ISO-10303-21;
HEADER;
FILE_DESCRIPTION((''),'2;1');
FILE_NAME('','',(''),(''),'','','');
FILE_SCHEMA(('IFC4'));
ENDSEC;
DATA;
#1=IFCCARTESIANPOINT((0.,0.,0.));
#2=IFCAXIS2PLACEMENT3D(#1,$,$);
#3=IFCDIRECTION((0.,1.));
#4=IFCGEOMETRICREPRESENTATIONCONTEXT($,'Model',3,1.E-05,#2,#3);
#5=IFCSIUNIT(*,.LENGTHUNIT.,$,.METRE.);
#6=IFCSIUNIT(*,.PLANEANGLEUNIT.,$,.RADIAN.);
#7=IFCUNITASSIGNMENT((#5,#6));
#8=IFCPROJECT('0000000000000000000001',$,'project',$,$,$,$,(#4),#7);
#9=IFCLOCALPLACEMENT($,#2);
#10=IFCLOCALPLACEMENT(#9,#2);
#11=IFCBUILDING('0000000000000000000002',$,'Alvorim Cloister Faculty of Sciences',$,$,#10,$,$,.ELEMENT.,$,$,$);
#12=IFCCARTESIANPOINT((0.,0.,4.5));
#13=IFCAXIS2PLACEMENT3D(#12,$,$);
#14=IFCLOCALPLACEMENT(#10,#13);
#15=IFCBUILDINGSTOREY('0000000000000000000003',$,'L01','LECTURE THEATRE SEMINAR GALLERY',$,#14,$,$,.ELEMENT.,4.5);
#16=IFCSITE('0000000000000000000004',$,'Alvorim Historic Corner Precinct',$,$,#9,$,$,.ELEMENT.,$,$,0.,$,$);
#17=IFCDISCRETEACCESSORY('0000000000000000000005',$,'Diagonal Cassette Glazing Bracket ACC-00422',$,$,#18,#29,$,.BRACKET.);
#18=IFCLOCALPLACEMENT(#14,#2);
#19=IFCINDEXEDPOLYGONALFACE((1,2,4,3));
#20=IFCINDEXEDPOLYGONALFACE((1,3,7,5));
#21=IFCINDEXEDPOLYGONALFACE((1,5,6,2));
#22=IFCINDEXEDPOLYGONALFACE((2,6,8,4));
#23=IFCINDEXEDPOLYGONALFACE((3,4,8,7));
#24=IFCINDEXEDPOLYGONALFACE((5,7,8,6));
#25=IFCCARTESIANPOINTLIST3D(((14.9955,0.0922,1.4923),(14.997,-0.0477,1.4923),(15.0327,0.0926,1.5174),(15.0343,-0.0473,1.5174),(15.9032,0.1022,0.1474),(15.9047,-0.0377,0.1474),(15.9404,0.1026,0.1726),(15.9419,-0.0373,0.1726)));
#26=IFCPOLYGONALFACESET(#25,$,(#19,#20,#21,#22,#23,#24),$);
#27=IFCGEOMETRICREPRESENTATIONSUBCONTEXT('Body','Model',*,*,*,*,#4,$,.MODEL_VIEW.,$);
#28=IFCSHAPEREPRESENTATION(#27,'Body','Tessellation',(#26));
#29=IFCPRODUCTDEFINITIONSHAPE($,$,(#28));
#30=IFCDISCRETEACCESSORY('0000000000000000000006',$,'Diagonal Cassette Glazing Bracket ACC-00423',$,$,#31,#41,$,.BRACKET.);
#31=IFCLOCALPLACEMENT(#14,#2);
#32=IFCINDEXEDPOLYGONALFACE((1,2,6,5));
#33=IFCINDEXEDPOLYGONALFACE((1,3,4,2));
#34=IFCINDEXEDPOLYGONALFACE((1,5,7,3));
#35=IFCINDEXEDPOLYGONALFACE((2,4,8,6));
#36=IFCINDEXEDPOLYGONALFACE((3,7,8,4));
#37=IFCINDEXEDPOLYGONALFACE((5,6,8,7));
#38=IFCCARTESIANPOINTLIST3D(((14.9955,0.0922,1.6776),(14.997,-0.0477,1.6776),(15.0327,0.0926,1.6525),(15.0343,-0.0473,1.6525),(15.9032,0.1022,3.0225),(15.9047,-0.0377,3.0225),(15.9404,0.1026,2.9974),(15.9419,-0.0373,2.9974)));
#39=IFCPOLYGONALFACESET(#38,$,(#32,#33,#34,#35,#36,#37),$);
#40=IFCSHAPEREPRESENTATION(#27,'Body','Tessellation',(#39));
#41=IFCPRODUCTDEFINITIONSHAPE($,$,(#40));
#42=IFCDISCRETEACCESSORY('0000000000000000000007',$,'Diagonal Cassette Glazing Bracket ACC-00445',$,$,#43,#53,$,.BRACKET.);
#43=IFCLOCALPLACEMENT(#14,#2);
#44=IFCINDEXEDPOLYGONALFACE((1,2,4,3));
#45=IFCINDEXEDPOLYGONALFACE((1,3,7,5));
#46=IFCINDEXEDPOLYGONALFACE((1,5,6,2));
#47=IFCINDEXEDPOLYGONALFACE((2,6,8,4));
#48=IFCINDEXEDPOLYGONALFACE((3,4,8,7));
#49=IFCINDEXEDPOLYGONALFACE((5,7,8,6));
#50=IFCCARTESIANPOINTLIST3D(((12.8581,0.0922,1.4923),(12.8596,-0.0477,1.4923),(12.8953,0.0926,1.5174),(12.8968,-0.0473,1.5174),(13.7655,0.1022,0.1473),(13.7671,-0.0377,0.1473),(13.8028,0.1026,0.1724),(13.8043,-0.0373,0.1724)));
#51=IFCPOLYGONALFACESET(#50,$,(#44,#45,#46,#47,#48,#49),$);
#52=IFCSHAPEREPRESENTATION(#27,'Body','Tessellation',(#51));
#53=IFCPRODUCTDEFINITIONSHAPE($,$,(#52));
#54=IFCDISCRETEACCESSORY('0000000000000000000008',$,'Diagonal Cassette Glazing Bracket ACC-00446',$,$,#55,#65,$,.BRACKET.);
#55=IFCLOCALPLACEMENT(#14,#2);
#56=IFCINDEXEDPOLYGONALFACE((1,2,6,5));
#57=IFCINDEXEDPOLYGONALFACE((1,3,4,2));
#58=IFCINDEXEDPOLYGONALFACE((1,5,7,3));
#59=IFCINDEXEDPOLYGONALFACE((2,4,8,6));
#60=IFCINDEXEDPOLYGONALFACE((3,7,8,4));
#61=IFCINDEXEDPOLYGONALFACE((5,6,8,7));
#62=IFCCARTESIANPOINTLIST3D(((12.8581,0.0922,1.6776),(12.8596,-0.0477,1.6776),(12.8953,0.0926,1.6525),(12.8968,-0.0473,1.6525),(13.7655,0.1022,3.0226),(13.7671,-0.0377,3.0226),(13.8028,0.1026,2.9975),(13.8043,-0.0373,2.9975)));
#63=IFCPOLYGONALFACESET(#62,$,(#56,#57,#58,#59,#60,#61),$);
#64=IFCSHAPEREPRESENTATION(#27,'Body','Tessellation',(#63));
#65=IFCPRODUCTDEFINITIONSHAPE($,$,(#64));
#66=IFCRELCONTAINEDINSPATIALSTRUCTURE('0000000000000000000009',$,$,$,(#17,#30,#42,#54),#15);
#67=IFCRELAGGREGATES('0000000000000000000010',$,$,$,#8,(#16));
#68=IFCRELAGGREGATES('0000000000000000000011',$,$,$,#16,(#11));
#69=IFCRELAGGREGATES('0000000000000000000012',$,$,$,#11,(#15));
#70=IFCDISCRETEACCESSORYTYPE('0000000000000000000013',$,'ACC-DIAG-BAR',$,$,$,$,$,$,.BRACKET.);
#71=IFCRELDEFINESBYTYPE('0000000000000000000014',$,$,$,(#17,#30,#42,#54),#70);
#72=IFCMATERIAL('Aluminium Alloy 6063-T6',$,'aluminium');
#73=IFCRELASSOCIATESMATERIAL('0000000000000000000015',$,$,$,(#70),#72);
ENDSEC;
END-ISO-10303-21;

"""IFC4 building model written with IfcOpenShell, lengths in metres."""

from ifc_helpers import new_model, si_unit, direction, frame, origin, origin_2d, place, context, subcontext, project, spatial, rectangle, extrude, material, type_object, element, save


model = new_model("IFC4")

# Units and contexts
model_context = context("Model", 3, precision=1e-05, world=origin(), true_north=direction((0.0, 1.0)))
body_context = subcontext(model_context, "Body", "Model", "MODEL_VIEW")
ifc_project = project(units=[si_unit("LENGTHUNIT", "METRE"), si_unit("PLANEANGLEUNIT", "RADIAN")], contexts=[model_context])

# Site, building, storey
site_placement = place(None, origin())
site = spatial("IfcSite", under=ifc_project, at=site_placement, Name="Alvorim Historic Corner Precinct", CompositionType="ELEMENT", RefElevation=0.0)
building_placement = place(site_placement, origin())
building = spatial("IfcBuilding", under=site, at=building_placement, Name="Alvorim Cloister Faculty of Sciences", CompositionType="ELEMENT")
storey_placement = place(building_placement, frame((0.0, 0.0, 4.5)))
storey = spatial("IfcBuildingStorey", under=building, at=storey_placement, Name="L01", Description="LECTURE THEATRE SEMINAR GALLERY", CompositionType="ELEMENT", Elevation=4.5)

# Shared definitions
ifc_material_1 = material(Name="Aluminium Alloy 6063-T6", Category="aluminium")

# Discrete accessories
discrete_accessory_type = type_object("IfcDiscreteAccessoryType", Name="ACC-DIAG-BAR", PredefinedType="BRACKET", material=ifc_material_1)
for number, where, z_axis, x_axis, name in (
    (1, (15.0149, 0.0225, 1.5049), (0.559403, 0.006169, -0.828873), (-0.011027, 0.999939, 0.0), "Diagonal Cassette Glazing Bracket ACC-00422"),
    (2, (15.0149, 0.0225, 1.665), (0.559403, 0.006169, 0.828873), (-0.011027, 0.999939, 0.0), "Diagonal Cassette Glazing Bracket ACC-00423"),
    (3, (12.8774, 0.0225, 1.5049), (0.559299, 0.006169, -0.828943), (-0.01103, 0.999939, 0.0), "Diagonal Cassette Glazing Bracket ACC-00445"),
    (4, (12.8774, 0.0225, 1.665), (0.559299, 0.006169, 0.828943), (-0.01103, 0.999939, 0.0), "Diagonal Cassette Glazing Bracket ACC-00446"),
):
    element("IfcDiscreteAccessory", number, at=place(storey_placement, frame(where, z_axis=z_axis, x_axis=x_axis)), inside=storey, type_object=discrete_accessory_type, Name=name, PredefinedType="BRACKET", context=body_context, shape_type="SweptSolid", body=[
        extrude(rectangle(XDim=0.1399, YDim=0.0449, at=origin_2d()), origin(), (0.0, 0.0, 1.0), 1.6226),
    ])

save(model, "model.ifc")
